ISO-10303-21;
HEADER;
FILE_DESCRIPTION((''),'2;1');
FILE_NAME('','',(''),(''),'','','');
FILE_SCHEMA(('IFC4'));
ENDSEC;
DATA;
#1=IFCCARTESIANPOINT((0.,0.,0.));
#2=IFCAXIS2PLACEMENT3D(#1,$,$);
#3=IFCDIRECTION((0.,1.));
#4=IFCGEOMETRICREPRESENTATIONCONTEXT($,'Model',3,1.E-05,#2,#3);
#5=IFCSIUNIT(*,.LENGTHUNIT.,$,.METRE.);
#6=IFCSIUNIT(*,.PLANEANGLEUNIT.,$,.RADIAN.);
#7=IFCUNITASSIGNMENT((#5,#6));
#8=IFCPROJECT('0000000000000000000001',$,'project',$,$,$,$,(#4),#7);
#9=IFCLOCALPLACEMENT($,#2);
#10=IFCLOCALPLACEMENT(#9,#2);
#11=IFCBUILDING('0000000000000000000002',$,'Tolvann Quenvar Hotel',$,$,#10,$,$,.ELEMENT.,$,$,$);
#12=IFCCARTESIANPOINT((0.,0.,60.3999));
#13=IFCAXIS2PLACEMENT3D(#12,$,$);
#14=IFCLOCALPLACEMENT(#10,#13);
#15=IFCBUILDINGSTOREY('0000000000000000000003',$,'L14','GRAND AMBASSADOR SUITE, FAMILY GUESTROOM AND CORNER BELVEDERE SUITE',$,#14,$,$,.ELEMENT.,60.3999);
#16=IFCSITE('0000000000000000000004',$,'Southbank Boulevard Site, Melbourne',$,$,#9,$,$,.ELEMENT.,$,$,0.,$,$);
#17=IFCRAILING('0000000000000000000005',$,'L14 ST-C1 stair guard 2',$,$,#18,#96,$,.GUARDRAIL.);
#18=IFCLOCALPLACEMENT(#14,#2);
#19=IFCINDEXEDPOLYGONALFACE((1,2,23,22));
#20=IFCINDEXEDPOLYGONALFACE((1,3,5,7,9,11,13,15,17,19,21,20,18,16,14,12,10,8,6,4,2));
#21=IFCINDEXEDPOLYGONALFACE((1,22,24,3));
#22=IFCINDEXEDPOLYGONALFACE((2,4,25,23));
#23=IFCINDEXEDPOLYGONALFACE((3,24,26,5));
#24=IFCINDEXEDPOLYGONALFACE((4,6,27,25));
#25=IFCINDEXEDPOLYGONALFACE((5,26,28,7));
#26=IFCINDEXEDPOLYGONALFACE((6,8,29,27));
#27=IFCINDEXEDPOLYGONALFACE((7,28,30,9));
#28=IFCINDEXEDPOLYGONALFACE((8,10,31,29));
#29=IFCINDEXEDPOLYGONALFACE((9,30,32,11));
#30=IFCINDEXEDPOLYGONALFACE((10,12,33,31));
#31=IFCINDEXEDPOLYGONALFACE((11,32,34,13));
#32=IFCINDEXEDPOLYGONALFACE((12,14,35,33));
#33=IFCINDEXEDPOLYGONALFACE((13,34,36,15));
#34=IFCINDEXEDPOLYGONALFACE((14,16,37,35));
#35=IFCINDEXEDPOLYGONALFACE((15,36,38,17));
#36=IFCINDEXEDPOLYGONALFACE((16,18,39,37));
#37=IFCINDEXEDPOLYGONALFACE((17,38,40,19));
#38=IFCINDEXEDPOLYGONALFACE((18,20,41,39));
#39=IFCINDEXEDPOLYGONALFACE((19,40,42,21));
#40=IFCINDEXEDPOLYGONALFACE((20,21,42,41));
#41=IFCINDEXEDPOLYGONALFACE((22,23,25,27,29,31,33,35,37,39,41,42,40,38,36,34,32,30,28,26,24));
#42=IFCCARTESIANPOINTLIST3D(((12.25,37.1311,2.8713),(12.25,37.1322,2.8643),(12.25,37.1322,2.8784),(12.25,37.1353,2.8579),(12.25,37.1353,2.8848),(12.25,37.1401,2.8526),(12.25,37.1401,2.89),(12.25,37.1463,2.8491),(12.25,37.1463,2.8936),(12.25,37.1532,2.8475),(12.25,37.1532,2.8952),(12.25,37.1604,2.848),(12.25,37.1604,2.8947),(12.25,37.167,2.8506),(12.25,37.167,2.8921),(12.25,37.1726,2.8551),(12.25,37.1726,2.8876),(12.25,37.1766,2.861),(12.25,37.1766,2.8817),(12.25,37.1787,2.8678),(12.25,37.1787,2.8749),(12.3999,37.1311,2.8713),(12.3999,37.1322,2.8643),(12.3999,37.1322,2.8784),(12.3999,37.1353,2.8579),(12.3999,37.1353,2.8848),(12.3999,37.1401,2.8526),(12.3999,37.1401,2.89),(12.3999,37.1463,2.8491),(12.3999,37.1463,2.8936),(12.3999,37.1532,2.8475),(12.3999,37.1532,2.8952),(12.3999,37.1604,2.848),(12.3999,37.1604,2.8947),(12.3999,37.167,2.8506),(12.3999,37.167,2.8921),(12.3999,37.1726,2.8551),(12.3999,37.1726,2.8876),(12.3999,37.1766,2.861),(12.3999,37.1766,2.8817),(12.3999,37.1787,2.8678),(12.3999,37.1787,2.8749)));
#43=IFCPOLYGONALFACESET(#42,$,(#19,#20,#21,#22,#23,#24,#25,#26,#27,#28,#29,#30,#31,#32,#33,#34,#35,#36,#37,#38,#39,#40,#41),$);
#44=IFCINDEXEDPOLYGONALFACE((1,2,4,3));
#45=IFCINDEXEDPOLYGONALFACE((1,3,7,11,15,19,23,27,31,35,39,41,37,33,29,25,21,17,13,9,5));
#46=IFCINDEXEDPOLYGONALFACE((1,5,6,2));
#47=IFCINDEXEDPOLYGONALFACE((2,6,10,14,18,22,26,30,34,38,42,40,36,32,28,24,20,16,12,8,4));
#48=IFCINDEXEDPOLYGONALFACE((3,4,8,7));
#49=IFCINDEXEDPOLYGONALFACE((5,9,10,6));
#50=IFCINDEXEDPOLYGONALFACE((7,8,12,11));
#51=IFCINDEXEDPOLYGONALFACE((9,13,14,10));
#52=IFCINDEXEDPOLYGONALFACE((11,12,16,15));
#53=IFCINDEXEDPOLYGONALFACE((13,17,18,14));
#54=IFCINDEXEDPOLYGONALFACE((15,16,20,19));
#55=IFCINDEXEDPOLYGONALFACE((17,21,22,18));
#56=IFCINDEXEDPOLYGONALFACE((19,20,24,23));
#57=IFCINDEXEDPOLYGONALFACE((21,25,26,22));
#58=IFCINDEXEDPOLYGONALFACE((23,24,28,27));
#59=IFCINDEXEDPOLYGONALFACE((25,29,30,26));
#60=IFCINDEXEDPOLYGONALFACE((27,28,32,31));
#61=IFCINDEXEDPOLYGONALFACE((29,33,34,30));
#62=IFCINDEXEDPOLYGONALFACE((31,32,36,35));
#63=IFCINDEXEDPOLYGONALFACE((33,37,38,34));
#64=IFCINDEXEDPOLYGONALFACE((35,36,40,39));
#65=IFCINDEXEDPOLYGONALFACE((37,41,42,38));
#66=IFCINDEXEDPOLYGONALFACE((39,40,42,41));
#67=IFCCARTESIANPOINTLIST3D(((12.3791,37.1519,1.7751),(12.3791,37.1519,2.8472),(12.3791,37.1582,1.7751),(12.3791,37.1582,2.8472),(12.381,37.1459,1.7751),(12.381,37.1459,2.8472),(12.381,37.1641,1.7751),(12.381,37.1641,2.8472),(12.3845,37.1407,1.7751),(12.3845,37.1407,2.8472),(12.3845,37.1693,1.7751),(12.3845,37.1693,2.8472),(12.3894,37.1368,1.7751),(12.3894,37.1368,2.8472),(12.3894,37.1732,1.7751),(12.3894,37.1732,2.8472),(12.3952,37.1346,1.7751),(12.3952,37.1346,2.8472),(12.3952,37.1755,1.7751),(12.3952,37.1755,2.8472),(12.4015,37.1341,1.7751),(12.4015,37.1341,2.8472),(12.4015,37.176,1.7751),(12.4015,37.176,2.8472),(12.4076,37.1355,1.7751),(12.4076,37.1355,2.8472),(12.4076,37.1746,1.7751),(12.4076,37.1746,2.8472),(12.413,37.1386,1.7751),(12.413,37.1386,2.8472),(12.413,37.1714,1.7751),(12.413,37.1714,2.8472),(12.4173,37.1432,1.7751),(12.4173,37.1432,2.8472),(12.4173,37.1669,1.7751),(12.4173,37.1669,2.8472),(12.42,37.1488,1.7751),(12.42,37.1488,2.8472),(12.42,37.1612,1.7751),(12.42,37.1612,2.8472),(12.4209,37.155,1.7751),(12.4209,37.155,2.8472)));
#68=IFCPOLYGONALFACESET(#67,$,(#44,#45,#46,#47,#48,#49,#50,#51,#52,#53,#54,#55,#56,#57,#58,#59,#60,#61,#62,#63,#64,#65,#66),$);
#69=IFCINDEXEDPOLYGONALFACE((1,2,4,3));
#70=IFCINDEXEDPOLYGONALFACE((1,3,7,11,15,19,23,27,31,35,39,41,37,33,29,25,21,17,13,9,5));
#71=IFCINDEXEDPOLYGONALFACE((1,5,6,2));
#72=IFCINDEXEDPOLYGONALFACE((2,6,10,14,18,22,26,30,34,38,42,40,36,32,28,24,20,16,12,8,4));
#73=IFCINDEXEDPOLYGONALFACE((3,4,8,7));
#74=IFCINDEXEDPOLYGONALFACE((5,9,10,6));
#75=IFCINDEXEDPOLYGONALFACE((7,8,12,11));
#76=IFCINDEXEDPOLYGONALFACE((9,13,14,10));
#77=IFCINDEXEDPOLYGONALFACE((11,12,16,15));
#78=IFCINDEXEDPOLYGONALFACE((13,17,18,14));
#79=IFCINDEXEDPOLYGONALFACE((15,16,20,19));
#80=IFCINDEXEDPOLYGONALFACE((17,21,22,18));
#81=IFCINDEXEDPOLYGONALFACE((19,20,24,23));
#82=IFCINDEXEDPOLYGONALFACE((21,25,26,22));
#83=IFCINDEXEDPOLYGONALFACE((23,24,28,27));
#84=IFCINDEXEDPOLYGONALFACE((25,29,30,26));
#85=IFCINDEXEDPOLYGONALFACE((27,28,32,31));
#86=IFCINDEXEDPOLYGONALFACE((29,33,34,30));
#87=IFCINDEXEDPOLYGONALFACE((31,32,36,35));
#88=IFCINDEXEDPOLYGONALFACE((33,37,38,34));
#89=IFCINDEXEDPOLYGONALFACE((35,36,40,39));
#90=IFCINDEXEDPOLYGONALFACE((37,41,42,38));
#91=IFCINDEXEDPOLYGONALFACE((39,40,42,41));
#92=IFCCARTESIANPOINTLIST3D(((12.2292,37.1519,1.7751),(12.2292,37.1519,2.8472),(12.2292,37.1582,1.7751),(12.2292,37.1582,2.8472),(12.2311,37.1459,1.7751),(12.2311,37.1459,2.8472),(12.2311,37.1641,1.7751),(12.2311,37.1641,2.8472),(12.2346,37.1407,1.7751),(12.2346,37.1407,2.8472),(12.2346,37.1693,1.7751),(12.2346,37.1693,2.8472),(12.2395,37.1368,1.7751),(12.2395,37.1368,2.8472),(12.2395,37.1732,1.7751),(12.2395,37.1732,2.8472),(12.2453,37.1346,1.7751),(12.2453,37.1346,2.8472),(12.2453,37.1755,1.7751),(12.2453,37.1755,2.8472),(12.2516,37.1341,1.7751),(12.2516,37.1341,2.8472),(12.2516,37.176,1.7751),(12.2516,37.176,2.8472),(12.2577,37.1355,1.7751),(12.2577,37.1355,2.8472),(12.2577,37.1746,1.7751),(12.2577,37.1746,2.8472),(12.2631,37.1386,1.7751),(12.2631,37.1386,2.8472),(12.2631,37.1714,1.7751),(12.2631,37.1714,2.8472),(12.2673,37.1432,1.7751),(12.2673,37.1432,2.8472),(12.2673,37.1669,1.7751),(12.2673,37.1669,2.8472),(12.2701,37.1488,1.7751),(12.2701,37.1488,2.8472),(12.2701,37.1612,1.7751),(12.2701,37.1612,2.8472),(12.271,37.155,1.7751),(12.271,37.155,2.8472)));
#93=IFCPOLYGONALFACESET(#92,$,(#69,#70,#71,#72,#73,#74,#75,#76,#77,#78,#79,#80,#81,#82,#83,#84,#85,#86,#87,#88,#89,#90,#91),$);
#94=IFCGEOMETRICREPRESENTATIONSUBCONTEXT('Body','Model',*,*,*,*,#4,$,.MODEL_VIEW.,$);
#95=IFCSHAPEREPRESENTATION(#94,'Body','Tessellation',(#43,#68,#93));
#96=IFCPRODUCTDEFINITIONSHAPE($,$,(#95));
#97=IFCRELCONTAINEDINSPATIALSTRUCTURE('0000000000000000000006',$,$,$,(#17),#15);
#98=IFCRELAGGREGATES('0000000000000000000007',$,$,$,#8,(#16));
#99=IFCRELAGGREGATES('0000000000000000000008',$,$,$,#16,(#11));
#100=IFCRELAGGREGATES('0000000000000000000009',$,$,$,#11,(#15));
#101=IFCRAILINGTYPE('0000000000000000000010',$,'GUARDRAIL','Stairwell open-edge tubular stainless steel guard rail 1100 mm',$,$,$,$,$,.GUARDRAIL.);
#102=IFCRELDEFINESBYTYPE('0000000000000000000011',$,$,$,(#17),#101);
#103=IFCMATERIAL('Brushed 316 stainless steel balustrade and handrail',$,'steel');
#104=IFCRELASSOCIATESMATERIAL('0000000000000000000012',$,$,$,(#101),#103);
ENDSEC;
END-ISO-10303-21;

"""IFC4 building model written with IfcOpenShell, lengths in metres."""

from ifc_helpers import new_model, si_unit, direction, frame, origin, origin_2d, place, context, subcontext, project, spatial, circle, extrude, material, type_object, element, save


model = new_model("IFC4")

# Units and contexts
model_context = context("Model", 3, precision=1e-05, world=origin(), true_north=direction((0.0, 1.0)))
body_context = subcontext(model_context, "Body", "Model", "MODEL_VIEW")
ifc_project = project(units=[si_unit("LENGTHUNIT", "METRE"), si_unit("PLANEANGLEUNIT", "RADIAN")], contexts=[model_context])

# Site, building, storey
site_placement = place(None, origin())
site = spatial("IfcSite", under=ifc_project, at=site_placement, Name="Southbank Boulevard Site, Melbourne", CompositionType="ELEMENT", RefElevation=0.0)
building_placement = place(site_placement, origin())
building = spatial("IfcBuilding", under=site, at=building_placement, Name="Tolvann Quenvar Hotel", CompositionType="ELEMENT")
storey_placement = place(building_placement, frame((0.0, 0.0, 60.3999)))
storey = spatial("IfcBuildingStorey", under=building, at=storey_placement, Name="L14", Description="GRAND AMBASSADOR SUITE, FAMILY GUESTROOM AND CORNER BELVEDERE SUITE", CompositionType="ELEMENT", Elevation=60.3999)

# Railing
ifc_material_1 = material(Name="Brushed 316 stainless steel balustrade and handrail", Category="steel")
railing_type_1 = type_object("IfcRailingType", Name="GUARDRAIL", Description="Stairwell open-edge tubular stainless steel guard rail 1100 mm", PredefinedType="GUARDRAIL", material=ifc_material_1)
railing_1_placement = place(storey_placement, frame((12.3999, 37.155, 1.7751)))
element("IfcRailing", 1, at=railing_1_placement, inside=storey, type_object=railing_type_1, Name="L14 ST-C1 stair guard 2", PredefinedType="GUARDRAIL", context=body_context, shape_type="SweptSolid", body=[
    extrude(circle(Radius=0.0239, at=origin_2d()), frame((0.0, 0.0, 1.0962), z_axis=(-1.0, 0.0, 0.0), x_axis=(0.0, -1.0, 0.0)), (0.0, 0.0, 1.0), 0.1499),
    extrude(circle(Radius=0.021, at=origin_2d()), origin(), (0.0, 0.0, 1.0), 1.072),
    extrude(circle(Radius=0.021, at=origin_2d()), frame((-0.1499, 0.0, 0.0)), (0.0, 0.0, 1.0), 1.072),
])

save(model, "model.ifc")
